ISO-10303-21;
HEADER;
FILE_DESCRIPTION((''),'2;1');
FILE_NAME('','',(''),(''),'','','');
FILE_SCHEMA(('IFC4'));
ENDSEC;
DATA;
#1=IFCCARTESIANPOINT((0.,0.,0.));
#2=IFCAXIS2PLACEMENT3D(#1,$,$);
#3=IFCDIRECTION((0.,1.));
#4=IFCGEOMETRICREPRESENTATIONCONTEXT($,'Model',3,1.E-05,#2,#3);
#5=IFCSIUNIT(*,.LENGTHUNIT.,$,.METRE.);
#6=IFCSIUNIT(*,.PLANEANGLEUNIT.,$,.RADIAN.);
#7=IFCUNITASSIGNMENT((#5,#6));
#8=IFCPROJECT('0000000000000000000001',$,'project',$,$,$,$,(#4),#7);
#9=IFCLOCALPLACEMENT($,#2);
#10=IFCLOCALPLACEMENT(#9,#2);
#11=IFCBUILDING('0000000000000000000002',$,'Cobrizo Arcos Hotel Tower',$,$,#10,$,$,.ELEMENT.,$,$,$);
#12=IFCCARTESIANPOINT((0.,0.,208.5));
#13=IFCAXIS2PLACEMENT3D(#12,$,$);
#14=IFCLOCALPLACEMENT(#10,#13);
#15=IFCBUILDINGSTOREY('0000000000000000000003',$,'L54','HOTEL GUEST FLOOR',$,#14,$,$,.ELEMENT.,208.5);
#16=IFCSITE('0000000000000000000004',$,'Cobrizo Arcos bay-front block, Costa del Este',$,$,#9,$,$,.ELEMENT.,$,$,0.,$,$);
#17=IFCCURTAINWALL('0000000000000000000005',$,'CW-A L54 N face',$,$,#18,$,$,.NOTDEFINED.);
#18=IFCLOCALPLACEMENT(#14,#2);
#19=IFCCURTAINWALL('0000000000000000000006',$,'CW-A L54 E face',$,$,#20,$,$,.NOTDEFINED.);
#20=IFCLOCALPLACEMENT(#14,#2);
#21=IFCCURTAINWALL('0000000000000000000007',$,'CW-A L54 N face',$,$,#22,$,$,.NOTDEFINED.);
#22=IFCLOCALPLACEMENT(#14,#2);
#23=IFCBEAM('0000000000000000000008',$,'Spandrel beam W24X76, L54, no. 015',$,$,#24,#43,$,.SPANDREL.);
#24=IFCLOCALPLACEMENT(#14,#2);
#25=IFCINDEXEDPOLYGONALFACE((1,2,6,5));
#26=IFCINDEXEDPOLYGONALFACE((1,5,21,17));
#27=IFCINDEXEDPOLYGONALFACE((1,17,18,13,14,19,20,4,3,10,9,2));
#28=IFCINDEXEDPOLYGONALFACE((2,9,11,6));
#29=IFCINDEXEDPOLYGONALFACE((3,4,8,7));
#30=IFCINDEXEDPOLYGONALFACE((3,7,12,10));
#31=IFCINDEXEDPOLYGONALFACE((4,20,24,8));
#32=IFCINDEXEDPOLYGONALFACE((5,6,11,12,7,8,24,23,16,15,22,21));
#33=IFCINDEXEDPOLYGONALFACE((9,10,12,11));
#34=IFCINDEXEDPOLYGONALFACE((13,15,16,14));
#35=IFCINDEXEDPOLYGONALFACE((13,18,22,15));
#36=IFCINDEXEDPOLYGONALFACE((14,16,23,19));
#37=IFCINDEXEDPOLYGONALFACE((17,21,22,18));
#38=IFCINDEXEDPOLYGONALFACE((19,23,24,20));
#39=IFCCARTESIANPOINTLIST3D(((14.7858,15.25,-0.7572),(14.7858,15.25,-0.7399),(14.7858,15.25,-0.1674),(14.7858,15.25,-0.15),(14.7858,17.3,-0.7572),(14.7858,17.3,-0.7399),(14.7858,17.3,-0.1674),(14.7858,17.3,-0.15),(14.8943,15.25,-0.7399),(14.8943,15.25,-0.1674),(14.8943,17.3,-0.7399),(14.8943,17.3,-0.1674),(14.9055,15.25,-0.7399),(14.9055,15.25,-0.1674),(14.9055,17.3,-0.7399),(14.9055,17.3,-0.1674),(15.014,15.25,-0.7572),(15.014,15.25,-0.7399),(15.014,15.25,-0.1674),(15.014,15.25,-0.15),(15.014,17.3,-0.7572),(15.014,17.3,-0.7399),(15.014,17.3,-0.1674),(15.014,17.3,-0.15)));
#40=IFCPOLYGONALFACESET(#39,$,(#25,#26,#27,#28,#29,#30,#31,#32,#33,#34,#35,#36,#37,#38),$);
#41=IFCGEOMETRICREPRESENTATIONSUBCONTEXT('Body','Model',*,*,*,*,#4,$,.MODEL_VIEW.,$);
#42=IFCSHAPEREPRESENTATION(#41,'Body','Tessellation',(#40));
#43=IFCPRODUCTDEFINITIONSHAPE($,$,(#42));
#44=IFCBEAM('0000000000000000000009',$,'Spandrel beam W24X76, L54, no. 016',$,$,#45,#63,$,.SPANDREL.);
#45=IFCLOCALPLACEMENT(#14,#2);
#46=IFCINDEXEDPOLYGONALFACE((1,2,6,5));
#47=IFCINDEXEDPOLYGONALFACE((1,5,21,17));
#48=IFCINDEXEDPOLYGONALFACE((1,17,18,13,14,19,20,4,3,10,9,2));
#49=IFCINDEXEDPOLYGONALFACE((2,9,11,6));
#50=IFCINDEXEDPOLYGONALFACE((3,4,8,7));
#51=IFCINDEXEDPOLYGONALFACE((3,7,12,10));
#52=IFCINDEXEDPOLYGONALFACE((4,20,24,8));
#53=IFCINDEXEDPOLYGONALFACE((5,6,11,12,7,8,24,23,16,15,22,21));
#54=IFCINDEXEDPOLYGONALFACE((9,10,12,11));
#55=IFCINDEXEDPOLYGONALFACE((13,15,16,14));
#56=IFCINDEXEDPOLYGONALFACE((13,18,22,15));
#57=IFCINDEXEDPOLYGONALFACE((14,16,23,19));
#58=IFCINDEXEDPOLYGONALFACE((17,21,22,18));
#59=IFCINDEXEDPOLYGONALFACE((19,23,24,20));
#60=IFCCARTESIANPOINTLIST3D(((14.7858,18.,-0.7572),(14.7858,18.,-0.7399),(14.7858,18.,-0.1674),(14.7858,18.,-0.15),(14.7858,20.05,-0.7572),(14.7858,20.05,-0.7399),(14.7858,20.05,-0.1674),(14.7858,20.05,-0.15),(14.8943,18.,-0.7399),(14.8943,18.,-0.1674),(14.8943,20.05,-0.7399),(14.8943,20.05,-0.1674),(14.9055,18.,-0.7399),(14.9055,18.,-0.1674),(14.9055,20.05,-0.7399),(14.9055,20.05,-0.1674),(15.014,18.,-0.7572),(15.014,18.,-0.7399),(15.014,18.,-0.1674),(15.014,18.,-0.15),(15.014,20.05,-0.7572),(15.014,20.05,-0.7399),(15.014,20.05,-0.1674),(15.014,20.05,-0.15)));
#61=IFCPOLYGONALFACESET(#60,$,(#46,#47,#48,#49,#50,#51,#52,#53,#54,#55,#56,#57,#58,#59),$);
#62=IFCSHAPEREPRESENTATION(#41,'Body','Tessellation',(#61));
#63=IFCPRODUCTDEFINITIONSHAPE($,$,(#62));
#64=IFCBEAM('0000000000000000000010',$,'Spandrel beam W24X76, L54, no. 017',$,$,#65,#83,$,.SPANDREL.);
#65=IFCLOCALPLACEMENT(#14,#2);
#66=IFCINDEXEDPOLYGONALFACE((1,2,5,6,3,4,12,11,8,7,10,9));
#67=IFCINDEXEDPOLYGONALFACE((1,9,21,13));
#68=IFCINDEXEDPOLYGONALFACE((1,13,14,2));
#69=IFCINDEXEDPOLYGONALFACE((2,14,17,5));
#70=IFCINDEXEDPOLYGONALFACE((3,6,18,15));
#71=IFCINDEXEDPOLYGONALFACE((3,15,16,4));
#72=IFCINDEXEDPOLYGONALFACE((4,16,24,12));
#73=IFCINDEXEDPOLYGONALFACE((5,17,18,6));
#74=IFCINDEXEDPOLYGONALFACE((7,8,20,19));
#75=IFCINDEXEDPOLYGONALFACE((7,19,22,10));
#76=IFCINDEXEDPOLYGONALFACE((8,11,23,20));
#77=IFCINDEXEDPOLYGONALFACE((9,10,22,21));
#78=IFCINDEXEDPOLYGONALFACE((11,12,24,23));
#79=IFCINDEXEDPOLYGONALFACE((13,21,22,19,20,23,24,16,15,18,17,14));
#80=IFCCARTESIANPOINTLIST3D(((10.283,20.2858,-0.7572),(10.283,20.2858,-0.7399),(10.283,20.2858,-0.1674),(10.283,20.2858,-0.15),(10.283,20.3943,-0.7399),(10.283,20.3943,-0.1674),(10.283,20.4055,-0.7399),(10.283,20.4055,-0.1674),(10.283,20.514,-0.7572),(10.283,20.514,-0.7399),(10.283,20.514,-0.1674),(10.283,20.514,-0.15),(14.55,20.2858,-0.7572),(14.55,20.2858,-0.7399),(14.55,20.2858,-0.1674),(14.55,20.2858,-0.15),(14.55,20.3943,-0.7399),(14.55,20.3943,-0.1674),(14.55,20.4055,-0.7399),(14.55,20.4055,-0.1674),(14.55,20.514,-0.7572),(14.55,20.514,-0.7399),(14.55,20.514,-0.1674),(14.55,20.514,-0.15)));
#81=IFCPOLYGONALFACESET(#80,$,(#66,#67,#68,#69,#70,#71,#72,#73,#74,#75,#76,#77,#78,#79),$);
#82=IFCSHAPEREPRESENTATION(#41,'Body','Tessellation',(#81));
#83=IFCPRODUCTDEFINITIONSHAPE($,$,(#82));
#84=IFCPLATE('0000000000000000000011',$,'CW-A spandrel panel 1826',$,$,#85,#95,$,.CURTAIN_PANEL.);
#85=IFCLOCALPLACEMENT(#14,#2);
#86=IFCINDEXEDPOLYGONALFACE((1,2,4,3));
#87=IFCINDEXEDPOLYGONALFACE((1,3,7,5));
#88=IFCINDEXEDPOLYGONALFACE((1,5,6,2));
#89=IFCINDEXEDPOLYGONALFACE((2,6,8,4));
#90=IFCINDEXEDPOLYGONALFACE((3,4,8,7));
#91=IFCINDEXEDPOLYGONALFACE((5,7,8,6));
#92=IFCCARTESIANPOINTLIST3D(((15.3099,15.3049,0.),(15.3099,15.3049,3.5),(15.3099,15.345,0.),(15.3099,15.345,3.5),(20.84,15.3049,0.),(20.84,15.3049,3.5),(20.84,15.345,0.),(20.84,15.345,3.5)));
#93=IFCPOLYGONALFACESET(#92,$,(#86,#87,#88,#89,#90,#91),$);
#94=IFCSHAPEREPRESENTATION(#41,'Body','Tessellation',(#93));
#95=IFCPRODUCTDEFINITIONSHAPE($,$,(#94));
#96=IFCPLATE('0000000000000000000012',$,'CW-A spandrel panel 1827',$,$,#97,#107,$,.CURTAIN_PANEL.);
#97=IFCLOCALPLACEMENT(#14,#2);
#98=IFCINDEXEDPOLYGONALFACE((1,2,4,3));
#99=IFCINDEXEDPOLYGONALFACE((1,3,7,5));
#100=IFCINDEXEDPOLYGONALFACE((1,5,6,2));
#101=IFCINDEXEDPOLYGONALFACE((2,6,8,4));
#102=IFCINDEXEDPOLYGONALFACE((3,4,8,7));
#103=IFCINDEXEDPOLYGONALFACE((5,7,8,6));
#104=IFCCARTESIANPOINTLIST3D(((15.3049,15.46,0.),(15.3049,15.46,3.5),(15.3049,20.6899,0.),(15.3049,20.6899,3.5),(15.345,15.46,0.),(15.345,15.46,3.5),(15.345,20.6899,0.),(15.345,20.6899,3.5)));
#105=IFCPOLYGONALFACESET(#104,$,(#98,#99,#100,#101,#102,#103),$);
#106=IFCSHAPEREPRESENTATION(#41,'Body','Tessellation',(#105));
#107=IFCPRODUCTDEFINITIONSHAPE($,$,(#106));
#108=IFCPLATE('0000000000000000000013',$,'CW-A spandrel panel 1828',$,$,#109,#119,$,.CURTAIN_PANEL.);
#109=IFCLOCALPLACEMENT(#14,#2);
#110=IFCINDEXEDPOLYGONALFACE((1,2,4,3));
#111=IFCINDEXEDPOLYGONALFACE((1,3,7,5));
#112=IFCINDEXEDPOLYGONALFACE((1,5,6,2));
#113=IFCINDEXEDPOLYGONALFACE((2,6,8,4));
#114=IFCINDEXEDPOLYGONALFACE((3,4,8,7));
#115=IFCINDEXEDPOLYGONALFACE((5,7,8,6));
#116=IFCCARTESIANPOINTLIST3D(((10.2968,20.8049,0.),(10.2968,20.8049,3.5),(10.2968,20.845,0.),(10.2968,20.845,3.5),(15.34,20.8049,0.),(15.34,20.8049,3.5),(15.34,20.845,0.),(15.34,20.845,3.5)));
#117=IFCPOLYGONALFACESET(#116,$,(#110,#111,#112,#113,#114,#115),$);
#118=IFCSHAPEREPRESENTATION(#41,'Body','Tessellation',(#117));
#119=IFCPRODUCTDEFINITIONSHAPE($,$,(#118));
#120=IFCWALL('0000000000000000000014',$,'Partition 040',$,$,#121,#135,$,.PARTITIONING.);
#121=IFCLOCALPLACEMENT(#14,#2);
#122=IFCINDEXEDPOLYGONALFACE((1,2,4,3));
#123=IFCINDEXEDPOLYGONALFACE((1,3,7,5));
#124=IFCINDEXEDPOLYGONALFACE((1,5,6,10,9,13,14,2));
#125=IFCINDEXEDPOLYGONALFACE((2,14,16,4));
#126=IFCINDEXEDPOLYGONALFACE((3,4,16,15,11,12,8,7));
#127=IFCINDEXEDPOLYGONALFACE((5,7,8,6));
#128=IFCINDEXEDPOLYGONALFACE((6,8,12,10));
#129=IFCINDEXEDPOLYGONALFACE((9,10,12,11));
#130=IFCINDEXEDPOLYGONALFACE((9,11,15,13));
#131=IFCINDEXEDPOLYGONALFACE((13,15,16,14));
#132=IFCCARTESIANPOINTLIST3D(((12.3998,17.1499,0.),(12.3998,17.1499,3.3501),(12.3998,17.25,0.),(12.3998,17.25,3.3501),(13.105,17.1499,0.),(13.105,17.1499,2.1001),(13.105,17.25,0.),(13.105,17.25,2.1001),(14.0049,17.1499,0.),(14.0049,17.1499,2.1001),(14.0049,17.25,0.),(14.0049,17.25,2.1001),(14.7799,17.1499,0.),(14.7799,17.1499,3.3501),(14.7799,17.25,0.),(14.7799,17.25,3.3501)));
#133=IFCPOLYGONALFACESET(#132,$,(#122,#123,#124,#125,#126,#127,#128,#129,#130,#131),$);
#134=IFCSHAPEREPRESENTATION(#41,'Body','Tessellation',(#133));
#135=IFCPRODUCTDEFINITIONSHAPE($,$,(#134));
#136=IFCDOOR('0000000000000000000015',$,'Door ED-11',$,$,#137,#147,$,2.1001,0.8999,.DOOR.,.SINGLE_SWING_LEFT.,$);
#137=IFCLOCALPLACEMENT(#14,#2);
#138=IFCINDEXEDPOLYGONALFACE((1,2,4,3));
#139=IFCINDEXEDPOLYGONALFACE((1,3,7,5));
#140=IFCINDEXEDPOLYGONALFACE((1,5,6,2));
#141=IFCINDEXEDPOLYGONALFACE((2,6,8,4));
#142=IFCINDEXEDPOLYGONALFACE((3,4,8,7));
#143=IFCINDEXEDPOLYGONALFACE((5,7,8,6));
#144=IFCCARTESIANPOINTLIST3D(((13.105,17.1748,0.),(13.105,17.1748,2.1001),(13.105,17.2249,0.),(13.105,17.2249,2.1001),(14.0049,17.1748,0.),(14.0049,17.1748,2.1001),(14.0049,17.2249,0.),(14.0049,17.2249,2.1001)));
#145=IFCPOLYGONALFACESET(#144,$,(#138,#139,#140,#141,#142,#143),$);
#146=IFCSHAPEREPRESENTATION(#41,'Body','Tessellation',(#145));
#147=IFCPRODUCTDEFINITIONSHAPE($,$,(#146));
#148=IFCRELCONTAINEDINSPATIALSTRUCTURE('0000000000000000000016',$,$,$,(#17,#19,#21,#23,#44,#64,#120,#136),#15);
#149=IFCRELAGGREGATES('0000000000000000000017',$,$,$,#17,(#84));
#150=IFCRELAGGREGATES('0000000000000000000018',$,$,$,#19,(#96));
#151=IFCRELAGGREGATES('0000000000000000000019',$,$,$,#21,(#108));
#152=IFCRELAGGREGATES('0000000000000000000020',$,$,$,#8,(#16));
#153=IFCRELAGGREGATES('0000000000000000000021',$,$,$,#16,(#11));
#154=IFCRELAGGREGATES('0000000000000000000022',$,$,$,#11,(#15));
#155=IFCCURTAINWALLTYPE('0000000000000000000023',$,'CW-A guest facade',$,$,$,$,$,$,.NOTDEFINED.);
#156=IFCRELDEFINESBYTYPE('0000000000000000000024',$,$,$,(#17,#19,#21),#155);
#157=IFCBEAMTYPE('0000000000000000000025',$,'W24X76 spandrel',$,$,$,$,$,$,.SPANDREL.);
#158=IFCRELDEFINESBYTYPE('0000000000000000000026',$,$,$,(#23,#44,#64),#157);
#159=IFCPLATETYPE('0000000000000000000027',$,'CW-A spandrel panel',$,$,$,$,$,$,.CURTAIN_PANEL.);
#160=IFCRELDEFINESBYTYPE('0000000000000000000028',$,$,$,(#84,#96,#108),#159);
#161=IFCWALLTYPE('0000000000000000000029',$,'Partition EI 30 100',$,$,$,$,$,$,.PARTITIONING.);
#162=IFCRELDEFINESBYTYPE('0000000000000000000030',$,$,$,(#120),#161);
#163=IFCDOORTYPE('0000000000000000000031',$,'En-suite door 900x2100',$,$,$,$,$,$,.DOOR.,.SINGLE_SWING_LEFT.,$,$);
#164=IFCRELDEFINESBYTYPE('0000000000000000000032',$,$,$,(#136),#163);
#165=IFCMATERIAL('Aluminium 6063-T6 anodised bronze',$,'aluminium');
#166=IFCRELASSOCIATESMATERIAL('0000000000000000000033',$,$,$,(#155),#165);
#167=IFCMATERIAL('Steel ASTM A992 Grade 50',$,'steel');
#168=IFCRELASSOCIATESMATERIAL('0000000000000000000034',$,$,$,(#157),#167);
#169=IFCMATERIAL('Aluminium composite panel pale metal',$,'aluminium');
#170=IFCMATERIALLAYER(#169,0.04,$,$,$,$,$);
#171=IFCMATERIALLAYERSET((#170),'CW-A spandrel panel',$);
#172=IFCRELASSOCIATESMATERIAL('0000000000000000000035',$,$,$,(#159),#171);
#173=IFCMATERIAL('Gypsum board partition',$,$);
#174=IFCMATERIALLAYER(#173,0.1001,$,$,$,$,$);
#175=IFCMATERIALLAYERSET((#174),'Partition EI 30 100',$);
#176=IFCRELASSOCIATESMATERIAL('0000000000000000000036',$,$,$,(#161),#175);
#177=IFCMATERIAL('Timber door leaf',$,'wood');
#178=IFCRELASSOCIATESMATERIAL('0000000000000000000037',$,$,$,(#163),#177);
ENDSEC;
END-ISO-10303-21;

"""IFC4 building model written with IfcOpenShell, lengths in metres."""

from ifc_helpers import new_model, si_unit, direction, frame, frame_2d, origin, origin_2d, place, context, subcontext, project, spatial, rectangle, i_section, extrude, material, layer, layer_set, material_profile, profile_set, type_object, element, fill, aggregate, save


model = new_model("IFC4")

# Units and contexts
model_context = context("Model", 3, precision=1e-05, world=origin(), true_north=direction((0.0, 1.0)))
body_context = subcontext(model_context, "Body", "Model", "MODEL_VIEW")
ifc_project = project(units=[si_unit("LENGTHUNIT", "METRE"), si_unit("PLANEANGLEUNIT", "RADIAN")], contexts=[model_context])

# Site, building, storey
site_placement = place(None, origin())
site = spatial("IfcSite", under=ifc_project, at=site_placement, Name="Cobrizo Arcos bay-front block, Costa del Este", CompositionType="ELEMENT", RefElevation=0.0)
building_placement = place(site_placement, origin())
building = spatial("IfcBuilding", under=site, at=building_placement, Name="Cobrizo Arcos Hotel Tower", CompositionType="ELEMENT")
storey_placement = place(building_placement, frame((0.0, 0.0, 208.5)))
storey = spatial("IfcBuildingStorey", under=building, at=storey_placement, Name="L54", Description="HOTEL GUEST FLOOR", CompositionType="ELEMENT", Elevation=208.5)

# Shared definitions
ifc_material_1 = material(Name="Aluminium 6063-T6 anodised bronze", Category="aluminium")
curtain_wall_type = type_object("IfcCurtainWallType", Name="CW-A guest facade", PredefinedType="NOTDEFINED", material=ifc_material_1)

# Curtain walls
curtain_wall_1_placement = place(storey_placement, origin())
curtain_wall_1 = element("IfcCurtainWall", 1, at=curtain_wall_1_placement, inside=storey, type_object=curtain_wall_type, Name="CW-A L54 N face", PredefinedType="NOTDEFINED")
curtain_wall_2_placement = place(storey_placement, origin())
curtain_wall_2 = element("IfcCurtainWall", 2, at=curtain_wall_2_placement, inside=storey, type_object=curtain_wall_type, Name="CW-A L54 E face", PredefinedType="NOTDEFINED")

# Curtain wall
curtain_wall_3_placement = place(storey_placement, origin())
curtain_wall_3 = element("IfcCurtainWall", 3, at=curtain_wall_3_placement, inside=storey, type_object=curtain_wall_type, Name="CW-A L54 N face", PredefinedType="NOTDEFINED")

# Beams
ifc_material_2 = material(Name="Steel ASTM A992 Grade 50", Category="steel")
ifc_material_profile_1 = material_profile(ifc_material_2, i_section(OverallWidth=0.2283, OverallDepth=0.6072, WebThickness=0.0112, FlangeThickness=0.0173, at=origin_2d()), Name="W24X76")
ifc_profile_set_1 = profile_set([ifc_material_profile_1], Name="Steel ASTM A992 Grade 50")
beam_type = type_object("IfcBeamType", Name="W24X76 spandrel", PredefinedType="SPANDREL", material=ifc_profile_set_1)
for number, where, z_axis, x_axis, name in (
    (4, (14.8999, 15.25, -0.4536), (0.0, 1.0, 0.0), (-1.0, 0.0, 0.0), "Spandrel beam W24X76, L54, no. 015"),
    (5, (14.8999, 18.0, -0.4536), (0.0, 1.0, 0.0), (-1.0, 0.0, 0.0), "Spandrel beam W24X76, L54, no. 016"),
):
    element("IfcBeam", number, at=place(storey_placement, frame(where, z_axis=z_axis, x_axis=x_axis)), inside=storey, type_object=beam_type, Name=name, PredefinedType="SPANDREL", context=body_context, shape_type="SweptSolid", body=[
        extrude(i_section(OverallWidth=0.2283, OverallDepth=0.6072, WebThickness=0.0112, FlangeThickness=0.0173, at=origin_2d()), origin(), (0.0, 0.0, 1.0), 2.05),
    ])
beam_placement = place(storey_placement, frame((14.55, 20.3999, -0.4536), z_axis=(-1.0, 0.0, 0.0), x_axis=(0.0, -1.0, 0.0)))
element("IfcBeam", 6, at=beam_placement, inside=storey, type_object=beam_type, Name="Spandrel beam W24X76, L54, no. 017", PredefinedType="SPANDREL", context=body_context, shape_type="SweptSolid", body=[
    extrude(i_section(OverallWidth=0.2283, OverallDepth=0.6072, WebThickness=0.0112, FlangeThickness=0.0173, at=origin_2d()), origin(), (0.0, 0.0, 1.0), 4.2671),
])

# Plates
ifc_material_3 = material(Name="Aluminium composite panel pale metal", Category="aluminium")
ifc_layer_1 = layer(ifc_material_3, 0.04)
ifc_layer_set_1 = layer_set([ifc_layer_1], Name="CW-A spandrel panel")
plate_type = type_object("IfcPlateType", Name="CW-A spandrel panel", PredefinedType="CURTAIN_PANEL", material=ifc_layer_set_1)
plate_1_placement = place(storey_placement, frame((18.075, 15.325, 0.0), z_axis=(0.0, 0.0, 1.0), x_axis=(-1.0, 0.0, 0.0)))
plate_1 = element("IfcPlate", 7, at=plate_1_placement, type_object=plate_type, Name="CW-A spandrel panel 1826", PredefinedType="CURTAIN_PANEL", context=body_context, shape_type="SweptSolid", body=[
    extrude(rectangle(XDim=5.53, YDim=0.04, at=origin_2d()), origin(), (0.0, 0.0, 1.0), 3.5),
])
aggregate(curtain_wall_1, [plate_1])
plate_2_placement = place(storey_placement, frame((15.325, 18.075, 0.0), z_axis=(0.0, 0.0, 1.0), x_axis=(0.0, 1.0, 0.0)))
plate_2 = element("IfcPlate", 8, at=plate_2_placement, type_object=plate_type, Name="CW-A spandrel panel 1827", PredefinedType="CURTAIN_PANEL", context=body_context, shape_type="SweptSolid", body=[
    extrude(rectangle(XDim=5.23, YDim=0.04, at=origin_2d()), origin(), (0.0, 0.0, 1.0), 3.5),
])
aggregate(curtain_wall_2, [plate_2])
plate_3_placement = place(storey_placement, frame((12.8184, 20.825, 0.0), z_axis=(0.0, 0.0, 1.0), x_axis=(-1.0, 0.0, 0.0)))
plate_3 = element("IfcPlate", 9, at=plate_3_placement, type_object=plate_type, Name="CW-A spandrel panel 1828", PredefinedType="CURTAIN_PANEL", context=body_context, shape_type="SweptSolid", body=[
    extrude(rectangle(XDim=5.0432, YDim=0.04, at=origin_2d()), origin(), (0.0, 0.0, 1.0), 3.5),
])
aggregate(curtain_wall_3, [plate_3])

# Wall, opening, door
ifc_material_4 = material(Name="Gypsum board partition")
ifc_layer_2 = layer(ifc_material_4, 0.1001)
ifc_layer_set_2 = layer_set([ifc_layer_2], Name="Partition EI 30 100")
wall_type = type_object("IfcWallType", Name="Partition EI 30 100", PredefinedType="PARTITIONING", material=ifc_layer_set_2)
wall_placement = place(storey_placement, frame((12.3999, 17.2, 0.0), z_axis=(0.0, 0.0, 1.0), x_axis=(1.0, 0.0, 0.0)))
wall = element("IfcWall", 10, at=wall_placement, inside=storey, type_object=wall_type, Name="Partition 040", PredefinedType="PARTITIONING", context=body_context, shape_type="SweptSolid", body=[
    extrude(rectangle(XDim=2.3801, YDim=0.1001, at=frame_2d((1.1899, 0.0))), origin(), (0.0, 0.0, 1.0), 3.3501),
])
opening_placement = place(wall_placement, frame((0.7051, 0.0, 0.0)))
opening = element("IfcOpeningElement", 11, at=opening_placement, cuts=wall, PredefinedType="OPENING", context=body_context, shape_type="SweptSolid", body=[
    extrude(rectangle(XDim=0.8999, YDim=2.1001, at=frame_2d((0.45, 1.05))), frame((0.0, 0.062, 0.0), z_axis=(0.0, -1.0, 0.0), x_axis=(1.0, 0.0, 0.0)), (0.0, 0.0, 1.0), 0.124),
])
ifc_material_5 = material(Name="Timber door leaf", Category="wood")
door_type = type_object("IfcDoorType", Name="En-suite door 900x2100", OperationType="SINGLE_SWING_LEFT", PredefinedType="DOOR", material=ifc_material_5)
door_placement = place(opening_placement, origin())
door = element("IfcDoor", 12, at=door_placement, inside=storey, type_object=door_type, Name="Door ED-11", OperationType="SINGLE_SWING_LEFT", OverallHeight=2.1001, OverallWidth=0.8999, PredefinedType="DOOR", context=body_context, shape_type="SweptSolid", body=[
    extrude(rectangle(XDim=0.8999, YDim=2.1001, at=frame_2d((0.45, 1.05))), frame((0.0, 0.0249, 0.0), z_axis=(0.0, -1.0, 0.0), x_axis=(1.0, 0.0, 0.0)), (0.0, 0.0, 1.0), 0.05),
])
fill(opening, door)

save(model, "model.ifc")
